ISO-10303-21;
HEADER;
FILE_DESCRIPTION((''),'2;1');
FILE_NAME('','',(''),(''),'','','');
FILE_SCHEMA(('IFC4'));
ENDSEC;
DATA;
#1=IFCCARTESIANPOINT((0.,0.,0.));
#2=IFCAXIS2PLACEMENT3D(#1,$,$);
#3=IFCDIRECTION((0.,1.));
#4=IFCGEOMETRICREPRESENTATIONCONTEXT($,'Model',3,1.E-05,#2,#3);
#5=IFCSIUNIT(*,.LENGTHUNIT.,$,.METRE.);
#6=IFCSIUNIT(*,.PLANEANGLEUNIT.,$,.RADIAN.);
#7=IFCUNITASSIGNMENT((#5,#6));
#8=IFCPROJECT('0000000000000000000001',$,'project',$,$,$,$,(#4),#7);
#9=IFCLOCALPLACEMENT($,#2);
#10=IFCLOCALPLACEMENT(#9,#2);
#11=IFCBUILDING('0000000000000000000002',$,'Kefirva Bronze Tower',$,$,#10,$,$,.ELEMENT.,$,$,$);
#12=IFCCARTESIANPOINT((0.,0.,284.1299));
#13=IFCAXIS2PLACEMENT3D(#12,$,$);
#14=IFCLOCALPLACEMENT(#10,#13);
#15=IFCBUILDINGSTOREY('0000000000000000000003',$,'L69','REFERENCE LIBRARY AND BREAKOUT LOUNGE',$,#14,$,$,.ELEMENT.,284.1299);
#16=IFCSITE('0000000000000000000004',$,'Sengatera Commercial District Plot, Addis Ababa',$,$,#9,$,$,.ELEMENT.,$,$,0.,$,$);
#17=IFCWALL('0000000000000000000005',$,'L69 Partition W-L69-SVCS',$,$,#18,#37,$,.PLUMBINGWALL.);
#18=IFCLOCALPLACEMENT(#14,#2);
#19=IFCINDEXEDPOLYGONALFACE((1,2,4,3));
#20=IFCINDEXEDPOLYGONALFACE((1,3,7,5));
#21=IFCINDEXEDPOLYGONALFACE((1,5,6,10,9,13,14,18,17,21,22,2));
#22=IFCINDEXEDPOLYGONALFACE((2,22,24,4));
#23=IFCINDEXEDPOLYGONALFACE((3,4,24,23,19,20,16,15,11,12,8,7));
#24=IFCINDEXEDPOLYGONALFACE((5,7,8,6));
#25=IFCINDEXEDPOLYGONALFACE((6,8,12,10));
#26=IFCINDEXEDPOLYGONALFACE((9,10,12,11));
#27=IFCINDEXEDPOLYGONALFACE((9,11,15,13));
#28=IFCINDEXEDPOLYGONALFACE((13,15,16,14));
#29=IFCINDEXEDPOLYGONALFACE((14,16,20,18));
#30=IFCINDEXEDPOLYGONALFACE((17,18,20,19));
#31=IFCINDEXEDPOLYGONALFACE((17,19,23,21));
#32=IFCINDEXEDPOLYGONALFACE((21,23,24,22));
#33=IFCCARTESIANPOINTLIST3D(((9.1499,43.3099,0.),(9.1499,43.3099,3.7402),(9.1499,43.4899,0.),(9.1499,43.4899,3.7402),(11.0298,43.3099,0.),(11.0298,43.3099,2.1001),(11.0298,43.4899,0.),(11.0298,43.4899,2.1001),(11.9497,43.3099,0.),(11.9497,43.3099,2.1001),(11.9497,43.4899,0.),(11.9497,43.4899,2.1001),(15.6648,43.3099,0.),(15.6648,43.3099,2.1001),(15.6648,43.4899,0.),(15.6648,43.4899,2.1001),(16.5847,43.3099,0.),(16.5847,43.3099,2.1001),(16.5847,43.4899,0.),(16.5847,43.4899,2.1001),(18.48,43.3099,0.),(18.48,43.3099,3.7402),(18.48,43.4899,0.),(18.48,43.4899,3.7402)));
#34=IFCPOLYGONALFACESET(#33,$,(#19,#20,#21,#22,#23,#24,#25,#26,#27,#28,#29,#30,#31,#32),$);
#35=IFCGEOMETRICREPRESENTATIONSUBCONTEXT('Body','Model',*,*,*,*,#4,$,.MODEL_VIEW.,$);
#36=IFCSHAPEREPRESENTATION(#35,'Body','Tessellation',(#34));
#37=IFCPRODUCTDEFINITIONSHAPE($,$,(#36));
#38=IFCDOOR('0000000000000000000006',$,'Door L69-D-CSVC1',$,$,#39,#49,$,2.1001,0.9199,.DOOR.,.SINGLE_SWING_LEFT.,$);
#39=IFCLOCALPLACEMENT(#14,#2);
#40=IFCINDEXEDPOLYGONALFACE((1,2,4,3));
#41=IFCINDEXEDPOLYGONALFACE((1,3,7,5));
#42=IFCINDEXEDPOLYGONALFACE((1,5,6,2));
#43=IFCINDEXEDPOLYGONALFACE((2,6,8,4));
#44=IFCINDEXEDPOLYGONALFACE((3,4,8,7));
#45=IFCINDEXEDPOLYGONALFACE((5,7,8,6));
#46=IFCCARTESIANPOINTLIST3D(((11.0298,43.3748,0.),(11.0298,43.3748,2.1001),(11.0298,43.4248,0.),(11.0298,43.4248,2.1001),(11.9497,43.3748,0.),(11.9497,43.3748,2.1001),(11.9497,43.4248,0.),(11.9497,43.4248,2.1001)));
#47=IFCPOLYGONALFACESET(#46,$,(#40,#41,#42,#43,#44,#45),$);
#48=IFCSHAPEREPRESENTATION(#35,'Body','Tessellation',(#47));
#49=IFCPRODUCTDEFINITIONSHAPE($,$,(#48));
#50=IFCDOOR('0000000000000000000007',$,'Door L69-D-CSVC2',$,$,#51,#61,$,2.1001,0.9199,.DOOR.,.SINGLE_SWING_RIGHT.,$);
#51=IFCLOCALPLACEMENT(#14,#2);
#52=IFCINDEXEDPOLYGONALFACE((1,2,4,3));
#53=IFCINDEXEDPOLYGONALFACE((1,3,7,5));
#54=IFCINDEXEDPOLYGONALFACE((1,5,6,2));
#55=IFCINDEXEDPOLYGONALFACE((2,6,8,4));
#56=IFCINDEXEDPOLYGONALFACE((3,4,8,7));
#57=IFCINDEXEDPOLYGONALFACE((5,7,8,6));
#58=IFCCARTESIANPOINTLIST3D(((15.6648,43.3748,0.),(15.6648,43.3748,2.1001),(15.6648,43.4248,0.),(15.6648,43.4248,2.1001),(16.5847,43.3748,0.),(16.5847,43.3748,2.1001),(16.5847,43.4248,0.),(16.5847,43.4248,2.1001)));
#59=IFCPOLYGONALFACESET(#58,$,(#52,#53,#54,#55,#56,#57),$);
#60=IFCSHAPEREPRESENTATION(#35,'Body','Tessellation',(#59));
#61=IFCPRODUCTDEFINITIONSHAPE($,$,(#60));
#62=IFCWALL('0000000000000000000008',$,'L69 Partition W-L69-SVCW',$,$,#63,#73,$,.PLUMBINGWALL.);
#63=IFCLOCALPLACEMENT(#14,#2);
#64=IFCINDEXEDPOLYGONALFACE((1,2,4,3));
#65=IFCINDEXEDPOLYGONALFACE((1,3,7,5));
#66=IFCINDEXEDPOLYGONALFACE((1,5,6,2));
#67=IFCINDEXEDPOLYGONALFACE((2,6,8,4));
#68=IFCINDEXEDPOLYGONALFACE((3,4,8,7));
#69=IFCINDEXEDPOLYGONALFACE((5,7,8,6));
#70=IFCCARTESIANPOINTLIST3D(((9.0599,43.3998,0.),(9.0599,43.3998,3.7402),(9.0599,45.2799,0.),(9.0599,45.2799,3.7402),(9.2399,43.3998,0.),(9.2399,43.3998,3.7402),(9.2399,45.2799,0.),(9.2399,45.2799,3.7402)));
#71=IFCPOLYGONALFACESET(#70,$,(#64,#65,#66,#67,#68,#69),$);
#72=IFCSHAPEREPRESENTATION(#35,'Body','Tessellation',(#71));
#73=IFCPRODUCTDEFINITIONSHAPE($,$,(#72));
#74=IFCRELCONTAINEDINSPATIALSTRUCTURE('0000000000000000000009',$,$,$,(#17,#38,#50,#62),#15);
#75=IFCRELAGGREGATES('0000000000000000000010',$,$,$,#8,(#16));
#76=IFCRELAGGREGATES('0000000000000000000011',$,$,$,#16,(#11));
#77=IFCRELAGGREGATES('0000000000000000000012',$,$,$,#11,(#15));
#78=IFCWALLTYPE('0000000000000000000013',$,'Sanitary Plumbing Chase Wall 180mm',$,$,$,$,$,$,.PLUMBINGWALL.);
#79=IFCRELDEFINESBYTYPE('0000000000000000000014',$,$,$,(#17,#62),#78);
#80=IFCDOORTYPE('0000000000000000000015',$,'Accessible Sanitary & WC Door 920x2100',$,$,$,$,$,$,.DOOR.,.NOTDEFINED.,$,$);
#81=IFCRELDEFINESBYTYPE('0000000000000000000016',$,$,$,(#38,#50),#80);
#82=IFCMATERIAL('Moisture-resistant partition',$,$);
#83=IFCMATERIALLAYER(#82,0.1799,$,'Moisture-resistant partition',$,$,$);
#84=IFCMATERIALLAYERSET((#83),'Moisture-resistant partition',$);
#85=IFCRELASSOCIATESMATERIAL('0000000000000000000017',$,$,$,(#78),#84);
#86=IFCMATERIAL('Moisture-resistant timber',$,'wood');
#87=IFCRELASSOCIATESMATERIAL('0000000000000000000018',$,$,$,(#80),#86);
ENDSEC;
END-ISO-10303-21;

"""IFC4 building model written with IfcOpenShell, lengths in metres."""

from ifc_helpers import new_model, si_unit, direction, frame, frame_2d, origin, place, context, subcontext, project, spatial, rectangle, extrude, material, layer, layer_set, type_object, element, fill, save


model = new_model("IFC4")

# Units and contexts
model_context = context("Model", 3, precision=1e-05, world=origin(), true_north=direction((0.0, 1.0)))
body_context = subcontext(model_context, "Body", "Model", "MODEL_VIEW")
ifc_project = project(units=[si_unit("LENGTHUNIT", "METRE"), si_unit("PLANEANGLEUNIT", "RADIAN")], contexts=[model_context])

# Site, building, storey
site_placement = place(None, origin())
site = spatial("IfcSite", under=ifc_project, at=site_placement, Name="Sengatera Commercial District Plot, Addis Ababa", CompositionType="ELEMENT", RefElevation=0.0)
building_placement = place(site_placement, origin())
building = spatial("IfcBuilding", under=site, at=building_placement, Name="Kefirva Bronze Tower", CompositionType="ELEMENT")
storey_placement = place(building_placement, frame((0.0, 0.0, 284.1299)))
storey = spatial("IfcBuildingStorey", under=building, at=storey_placement, Name="L69", Description="REFERENCE LIBRARY AND BREAKOUT LOUNGE", CompositionType="ELEMENT", Elevation=284.1299)

# Wall, openings, doors
ifc_material_1 = material(Name="Moisture-resistant partition")
ifc_layer_1 = layer(ifc_material_1, 0.1799, Name="Moisture-resistant partition")
ifc_layer_set_1 = layer_set([ifc_layer_1], Name="Moisture-resistant partition")
wall_type_1 = type_object("IfcWallType", Name="Sanitary Plumbing Chase Wall 180mm", PredefinedType="PLUMBINGWALL", material=ifc_layer_set_1)
wall_1_placement = place(storey_placement, frame((9.1499, 43.3999, 0.0), z_axis=(0.0, 0.0, 1.0), x_axis=(1.0, 0.0, 0.0)))
wall_1 = element("IfcWall", 1, at=wall_1_placement, inside=storey, type_object=wall_type_1, Name="L69 Partition W-L69-SVCS", PredefinedType="PLUMBINGWALL", context=body_context, shape_type="SweptSolid", body=[
    extrude(rectangle(XDim=9.3301, YDim=0.1799, at=frame_2d((4.665, 0.0))), origin(), (0.0, 0.0, 1.0), 3.7402),
])
opening_1_placement = place(wall_1_placement, frame((1.8799, 0.0, 0.0)))
opening_1 = element("IfcOpeningElement", 2, at=opening_1_placement, cuts=wall_1, PredefinedType="OPENING", context=body_context, shape_type="SweptSolid", body=[
    extrude(rectangle(XDim=0.9199, YDim=2.1001, at=frame_2d((0.46, 1.05))), frame((0.0, 0.1001, 0.0), z_axis=(0.0, -1.0, 0.0), x_axis=(1.0, 0.0, 0.0)), (0.0, 0.0, 1.0), 0.2),
])
opening_2_placement = place(wall_1_placement, frame((6.5149, 0.0, 0.0)))
opening_2 = element("IfcOpeningElement", 3, at=opening_2_placement, cuts=wall_1, PredefinedType="OPENING", context=body_context, shape_type="SweptSolid", body=[
    extrude(rectangle(XDim=0.9199, YDim=2.1001, at=frame_2d((0.46, 1.05))), frame((0.0, 0.1001, 0.0), z_axis=(0.0, -1.0, 0.0), x_axis=(1.0, 0.0, 0.0)), (0.0, 0.0, 1.0), 0.2),
])
ifc_material_2 = material(Name="Moisture-resistant timber", Category="wood")
door_type_1 = type_object("IfcDoorType", Name="Accessible Sanitary & WC Door 920x2100", OperationType="NOTDEFINED", PredefinedType="DOOR", material=ifc_material_2)
door_1_placement = place(opening_1_placement, origin())
door_1 = element("IfcDoor", 4, at=door_1_placement, inside=storey, type_object=door_type_1, Name="Door L69-D-CSVC1", OperationType="SINGLE_SWING_LEFT", OverallHeight=2.1001, OverallWidth=0.9199, PredefinedType="DOOR", context=body_context, shape_type="SweptSolid", body=[
    extrude(rectangle(XDim=0.9199, YDim=2.1001, at=frame_2d((0.46, 1.05))), frame((0.0, 0.0249, 0.0), z_axis=(0.0, -1.0, 0.0), x_axis=(1.0, 0.0, 0.0)), (0.0, 0.0, 1.0), 0.05),
])
fill(opening_1, door_1)
door_2_placement = place(opening_2_placement, origin())
door_2 = element("IfcDoor", 5, at=door_2_placement, inside=storey, type_object=door_type_1, Name="Door L69-D-CSVC2", OperationType="SINGLE_SWING_RIGHT", OverallHeight=2.1001, OverallWidth=0.9199, PredefinedType="DOOR", context=body_context, shape_type="SweptSolid", body=[
    extrude(rectangle(XDim=0.9199, YDim=2.1001, at=frame_2d((0.46, 1.05))), frame((0.0, 0.0249, 0.0), z_axis=(0.0, -1.0, 0.0), x_axis=(1.0, 0.0, 0.0)), (0.0, 0.0, 1.0), 0.05),
])
fill(opening_2, door_2)

# Wall
wall_2_placement = place(storey_placement, frame((9.1499, 43.3999, 0.0), z_axis=(0.0, 0.0, 1.0), x_axis=(0.0, 1.0, 0.0)))
element("IfcWall", 6, at=wall_2_placement, inside=storey, type_object=wall_type_1, Name="L69 Partition W-L69-SVCW", PredefinedType="PLUMBINGWALL", context=body_context, shape_type="SweptSolid", body=[
    extrude(rectangle(XDim=1.8801, YDim=0.1799, at=frame_2d((0.9399, 0.0))), origin(), (0.0, 0.0, 1.0), 3.7402),
])

save(model, "model.ifc")
